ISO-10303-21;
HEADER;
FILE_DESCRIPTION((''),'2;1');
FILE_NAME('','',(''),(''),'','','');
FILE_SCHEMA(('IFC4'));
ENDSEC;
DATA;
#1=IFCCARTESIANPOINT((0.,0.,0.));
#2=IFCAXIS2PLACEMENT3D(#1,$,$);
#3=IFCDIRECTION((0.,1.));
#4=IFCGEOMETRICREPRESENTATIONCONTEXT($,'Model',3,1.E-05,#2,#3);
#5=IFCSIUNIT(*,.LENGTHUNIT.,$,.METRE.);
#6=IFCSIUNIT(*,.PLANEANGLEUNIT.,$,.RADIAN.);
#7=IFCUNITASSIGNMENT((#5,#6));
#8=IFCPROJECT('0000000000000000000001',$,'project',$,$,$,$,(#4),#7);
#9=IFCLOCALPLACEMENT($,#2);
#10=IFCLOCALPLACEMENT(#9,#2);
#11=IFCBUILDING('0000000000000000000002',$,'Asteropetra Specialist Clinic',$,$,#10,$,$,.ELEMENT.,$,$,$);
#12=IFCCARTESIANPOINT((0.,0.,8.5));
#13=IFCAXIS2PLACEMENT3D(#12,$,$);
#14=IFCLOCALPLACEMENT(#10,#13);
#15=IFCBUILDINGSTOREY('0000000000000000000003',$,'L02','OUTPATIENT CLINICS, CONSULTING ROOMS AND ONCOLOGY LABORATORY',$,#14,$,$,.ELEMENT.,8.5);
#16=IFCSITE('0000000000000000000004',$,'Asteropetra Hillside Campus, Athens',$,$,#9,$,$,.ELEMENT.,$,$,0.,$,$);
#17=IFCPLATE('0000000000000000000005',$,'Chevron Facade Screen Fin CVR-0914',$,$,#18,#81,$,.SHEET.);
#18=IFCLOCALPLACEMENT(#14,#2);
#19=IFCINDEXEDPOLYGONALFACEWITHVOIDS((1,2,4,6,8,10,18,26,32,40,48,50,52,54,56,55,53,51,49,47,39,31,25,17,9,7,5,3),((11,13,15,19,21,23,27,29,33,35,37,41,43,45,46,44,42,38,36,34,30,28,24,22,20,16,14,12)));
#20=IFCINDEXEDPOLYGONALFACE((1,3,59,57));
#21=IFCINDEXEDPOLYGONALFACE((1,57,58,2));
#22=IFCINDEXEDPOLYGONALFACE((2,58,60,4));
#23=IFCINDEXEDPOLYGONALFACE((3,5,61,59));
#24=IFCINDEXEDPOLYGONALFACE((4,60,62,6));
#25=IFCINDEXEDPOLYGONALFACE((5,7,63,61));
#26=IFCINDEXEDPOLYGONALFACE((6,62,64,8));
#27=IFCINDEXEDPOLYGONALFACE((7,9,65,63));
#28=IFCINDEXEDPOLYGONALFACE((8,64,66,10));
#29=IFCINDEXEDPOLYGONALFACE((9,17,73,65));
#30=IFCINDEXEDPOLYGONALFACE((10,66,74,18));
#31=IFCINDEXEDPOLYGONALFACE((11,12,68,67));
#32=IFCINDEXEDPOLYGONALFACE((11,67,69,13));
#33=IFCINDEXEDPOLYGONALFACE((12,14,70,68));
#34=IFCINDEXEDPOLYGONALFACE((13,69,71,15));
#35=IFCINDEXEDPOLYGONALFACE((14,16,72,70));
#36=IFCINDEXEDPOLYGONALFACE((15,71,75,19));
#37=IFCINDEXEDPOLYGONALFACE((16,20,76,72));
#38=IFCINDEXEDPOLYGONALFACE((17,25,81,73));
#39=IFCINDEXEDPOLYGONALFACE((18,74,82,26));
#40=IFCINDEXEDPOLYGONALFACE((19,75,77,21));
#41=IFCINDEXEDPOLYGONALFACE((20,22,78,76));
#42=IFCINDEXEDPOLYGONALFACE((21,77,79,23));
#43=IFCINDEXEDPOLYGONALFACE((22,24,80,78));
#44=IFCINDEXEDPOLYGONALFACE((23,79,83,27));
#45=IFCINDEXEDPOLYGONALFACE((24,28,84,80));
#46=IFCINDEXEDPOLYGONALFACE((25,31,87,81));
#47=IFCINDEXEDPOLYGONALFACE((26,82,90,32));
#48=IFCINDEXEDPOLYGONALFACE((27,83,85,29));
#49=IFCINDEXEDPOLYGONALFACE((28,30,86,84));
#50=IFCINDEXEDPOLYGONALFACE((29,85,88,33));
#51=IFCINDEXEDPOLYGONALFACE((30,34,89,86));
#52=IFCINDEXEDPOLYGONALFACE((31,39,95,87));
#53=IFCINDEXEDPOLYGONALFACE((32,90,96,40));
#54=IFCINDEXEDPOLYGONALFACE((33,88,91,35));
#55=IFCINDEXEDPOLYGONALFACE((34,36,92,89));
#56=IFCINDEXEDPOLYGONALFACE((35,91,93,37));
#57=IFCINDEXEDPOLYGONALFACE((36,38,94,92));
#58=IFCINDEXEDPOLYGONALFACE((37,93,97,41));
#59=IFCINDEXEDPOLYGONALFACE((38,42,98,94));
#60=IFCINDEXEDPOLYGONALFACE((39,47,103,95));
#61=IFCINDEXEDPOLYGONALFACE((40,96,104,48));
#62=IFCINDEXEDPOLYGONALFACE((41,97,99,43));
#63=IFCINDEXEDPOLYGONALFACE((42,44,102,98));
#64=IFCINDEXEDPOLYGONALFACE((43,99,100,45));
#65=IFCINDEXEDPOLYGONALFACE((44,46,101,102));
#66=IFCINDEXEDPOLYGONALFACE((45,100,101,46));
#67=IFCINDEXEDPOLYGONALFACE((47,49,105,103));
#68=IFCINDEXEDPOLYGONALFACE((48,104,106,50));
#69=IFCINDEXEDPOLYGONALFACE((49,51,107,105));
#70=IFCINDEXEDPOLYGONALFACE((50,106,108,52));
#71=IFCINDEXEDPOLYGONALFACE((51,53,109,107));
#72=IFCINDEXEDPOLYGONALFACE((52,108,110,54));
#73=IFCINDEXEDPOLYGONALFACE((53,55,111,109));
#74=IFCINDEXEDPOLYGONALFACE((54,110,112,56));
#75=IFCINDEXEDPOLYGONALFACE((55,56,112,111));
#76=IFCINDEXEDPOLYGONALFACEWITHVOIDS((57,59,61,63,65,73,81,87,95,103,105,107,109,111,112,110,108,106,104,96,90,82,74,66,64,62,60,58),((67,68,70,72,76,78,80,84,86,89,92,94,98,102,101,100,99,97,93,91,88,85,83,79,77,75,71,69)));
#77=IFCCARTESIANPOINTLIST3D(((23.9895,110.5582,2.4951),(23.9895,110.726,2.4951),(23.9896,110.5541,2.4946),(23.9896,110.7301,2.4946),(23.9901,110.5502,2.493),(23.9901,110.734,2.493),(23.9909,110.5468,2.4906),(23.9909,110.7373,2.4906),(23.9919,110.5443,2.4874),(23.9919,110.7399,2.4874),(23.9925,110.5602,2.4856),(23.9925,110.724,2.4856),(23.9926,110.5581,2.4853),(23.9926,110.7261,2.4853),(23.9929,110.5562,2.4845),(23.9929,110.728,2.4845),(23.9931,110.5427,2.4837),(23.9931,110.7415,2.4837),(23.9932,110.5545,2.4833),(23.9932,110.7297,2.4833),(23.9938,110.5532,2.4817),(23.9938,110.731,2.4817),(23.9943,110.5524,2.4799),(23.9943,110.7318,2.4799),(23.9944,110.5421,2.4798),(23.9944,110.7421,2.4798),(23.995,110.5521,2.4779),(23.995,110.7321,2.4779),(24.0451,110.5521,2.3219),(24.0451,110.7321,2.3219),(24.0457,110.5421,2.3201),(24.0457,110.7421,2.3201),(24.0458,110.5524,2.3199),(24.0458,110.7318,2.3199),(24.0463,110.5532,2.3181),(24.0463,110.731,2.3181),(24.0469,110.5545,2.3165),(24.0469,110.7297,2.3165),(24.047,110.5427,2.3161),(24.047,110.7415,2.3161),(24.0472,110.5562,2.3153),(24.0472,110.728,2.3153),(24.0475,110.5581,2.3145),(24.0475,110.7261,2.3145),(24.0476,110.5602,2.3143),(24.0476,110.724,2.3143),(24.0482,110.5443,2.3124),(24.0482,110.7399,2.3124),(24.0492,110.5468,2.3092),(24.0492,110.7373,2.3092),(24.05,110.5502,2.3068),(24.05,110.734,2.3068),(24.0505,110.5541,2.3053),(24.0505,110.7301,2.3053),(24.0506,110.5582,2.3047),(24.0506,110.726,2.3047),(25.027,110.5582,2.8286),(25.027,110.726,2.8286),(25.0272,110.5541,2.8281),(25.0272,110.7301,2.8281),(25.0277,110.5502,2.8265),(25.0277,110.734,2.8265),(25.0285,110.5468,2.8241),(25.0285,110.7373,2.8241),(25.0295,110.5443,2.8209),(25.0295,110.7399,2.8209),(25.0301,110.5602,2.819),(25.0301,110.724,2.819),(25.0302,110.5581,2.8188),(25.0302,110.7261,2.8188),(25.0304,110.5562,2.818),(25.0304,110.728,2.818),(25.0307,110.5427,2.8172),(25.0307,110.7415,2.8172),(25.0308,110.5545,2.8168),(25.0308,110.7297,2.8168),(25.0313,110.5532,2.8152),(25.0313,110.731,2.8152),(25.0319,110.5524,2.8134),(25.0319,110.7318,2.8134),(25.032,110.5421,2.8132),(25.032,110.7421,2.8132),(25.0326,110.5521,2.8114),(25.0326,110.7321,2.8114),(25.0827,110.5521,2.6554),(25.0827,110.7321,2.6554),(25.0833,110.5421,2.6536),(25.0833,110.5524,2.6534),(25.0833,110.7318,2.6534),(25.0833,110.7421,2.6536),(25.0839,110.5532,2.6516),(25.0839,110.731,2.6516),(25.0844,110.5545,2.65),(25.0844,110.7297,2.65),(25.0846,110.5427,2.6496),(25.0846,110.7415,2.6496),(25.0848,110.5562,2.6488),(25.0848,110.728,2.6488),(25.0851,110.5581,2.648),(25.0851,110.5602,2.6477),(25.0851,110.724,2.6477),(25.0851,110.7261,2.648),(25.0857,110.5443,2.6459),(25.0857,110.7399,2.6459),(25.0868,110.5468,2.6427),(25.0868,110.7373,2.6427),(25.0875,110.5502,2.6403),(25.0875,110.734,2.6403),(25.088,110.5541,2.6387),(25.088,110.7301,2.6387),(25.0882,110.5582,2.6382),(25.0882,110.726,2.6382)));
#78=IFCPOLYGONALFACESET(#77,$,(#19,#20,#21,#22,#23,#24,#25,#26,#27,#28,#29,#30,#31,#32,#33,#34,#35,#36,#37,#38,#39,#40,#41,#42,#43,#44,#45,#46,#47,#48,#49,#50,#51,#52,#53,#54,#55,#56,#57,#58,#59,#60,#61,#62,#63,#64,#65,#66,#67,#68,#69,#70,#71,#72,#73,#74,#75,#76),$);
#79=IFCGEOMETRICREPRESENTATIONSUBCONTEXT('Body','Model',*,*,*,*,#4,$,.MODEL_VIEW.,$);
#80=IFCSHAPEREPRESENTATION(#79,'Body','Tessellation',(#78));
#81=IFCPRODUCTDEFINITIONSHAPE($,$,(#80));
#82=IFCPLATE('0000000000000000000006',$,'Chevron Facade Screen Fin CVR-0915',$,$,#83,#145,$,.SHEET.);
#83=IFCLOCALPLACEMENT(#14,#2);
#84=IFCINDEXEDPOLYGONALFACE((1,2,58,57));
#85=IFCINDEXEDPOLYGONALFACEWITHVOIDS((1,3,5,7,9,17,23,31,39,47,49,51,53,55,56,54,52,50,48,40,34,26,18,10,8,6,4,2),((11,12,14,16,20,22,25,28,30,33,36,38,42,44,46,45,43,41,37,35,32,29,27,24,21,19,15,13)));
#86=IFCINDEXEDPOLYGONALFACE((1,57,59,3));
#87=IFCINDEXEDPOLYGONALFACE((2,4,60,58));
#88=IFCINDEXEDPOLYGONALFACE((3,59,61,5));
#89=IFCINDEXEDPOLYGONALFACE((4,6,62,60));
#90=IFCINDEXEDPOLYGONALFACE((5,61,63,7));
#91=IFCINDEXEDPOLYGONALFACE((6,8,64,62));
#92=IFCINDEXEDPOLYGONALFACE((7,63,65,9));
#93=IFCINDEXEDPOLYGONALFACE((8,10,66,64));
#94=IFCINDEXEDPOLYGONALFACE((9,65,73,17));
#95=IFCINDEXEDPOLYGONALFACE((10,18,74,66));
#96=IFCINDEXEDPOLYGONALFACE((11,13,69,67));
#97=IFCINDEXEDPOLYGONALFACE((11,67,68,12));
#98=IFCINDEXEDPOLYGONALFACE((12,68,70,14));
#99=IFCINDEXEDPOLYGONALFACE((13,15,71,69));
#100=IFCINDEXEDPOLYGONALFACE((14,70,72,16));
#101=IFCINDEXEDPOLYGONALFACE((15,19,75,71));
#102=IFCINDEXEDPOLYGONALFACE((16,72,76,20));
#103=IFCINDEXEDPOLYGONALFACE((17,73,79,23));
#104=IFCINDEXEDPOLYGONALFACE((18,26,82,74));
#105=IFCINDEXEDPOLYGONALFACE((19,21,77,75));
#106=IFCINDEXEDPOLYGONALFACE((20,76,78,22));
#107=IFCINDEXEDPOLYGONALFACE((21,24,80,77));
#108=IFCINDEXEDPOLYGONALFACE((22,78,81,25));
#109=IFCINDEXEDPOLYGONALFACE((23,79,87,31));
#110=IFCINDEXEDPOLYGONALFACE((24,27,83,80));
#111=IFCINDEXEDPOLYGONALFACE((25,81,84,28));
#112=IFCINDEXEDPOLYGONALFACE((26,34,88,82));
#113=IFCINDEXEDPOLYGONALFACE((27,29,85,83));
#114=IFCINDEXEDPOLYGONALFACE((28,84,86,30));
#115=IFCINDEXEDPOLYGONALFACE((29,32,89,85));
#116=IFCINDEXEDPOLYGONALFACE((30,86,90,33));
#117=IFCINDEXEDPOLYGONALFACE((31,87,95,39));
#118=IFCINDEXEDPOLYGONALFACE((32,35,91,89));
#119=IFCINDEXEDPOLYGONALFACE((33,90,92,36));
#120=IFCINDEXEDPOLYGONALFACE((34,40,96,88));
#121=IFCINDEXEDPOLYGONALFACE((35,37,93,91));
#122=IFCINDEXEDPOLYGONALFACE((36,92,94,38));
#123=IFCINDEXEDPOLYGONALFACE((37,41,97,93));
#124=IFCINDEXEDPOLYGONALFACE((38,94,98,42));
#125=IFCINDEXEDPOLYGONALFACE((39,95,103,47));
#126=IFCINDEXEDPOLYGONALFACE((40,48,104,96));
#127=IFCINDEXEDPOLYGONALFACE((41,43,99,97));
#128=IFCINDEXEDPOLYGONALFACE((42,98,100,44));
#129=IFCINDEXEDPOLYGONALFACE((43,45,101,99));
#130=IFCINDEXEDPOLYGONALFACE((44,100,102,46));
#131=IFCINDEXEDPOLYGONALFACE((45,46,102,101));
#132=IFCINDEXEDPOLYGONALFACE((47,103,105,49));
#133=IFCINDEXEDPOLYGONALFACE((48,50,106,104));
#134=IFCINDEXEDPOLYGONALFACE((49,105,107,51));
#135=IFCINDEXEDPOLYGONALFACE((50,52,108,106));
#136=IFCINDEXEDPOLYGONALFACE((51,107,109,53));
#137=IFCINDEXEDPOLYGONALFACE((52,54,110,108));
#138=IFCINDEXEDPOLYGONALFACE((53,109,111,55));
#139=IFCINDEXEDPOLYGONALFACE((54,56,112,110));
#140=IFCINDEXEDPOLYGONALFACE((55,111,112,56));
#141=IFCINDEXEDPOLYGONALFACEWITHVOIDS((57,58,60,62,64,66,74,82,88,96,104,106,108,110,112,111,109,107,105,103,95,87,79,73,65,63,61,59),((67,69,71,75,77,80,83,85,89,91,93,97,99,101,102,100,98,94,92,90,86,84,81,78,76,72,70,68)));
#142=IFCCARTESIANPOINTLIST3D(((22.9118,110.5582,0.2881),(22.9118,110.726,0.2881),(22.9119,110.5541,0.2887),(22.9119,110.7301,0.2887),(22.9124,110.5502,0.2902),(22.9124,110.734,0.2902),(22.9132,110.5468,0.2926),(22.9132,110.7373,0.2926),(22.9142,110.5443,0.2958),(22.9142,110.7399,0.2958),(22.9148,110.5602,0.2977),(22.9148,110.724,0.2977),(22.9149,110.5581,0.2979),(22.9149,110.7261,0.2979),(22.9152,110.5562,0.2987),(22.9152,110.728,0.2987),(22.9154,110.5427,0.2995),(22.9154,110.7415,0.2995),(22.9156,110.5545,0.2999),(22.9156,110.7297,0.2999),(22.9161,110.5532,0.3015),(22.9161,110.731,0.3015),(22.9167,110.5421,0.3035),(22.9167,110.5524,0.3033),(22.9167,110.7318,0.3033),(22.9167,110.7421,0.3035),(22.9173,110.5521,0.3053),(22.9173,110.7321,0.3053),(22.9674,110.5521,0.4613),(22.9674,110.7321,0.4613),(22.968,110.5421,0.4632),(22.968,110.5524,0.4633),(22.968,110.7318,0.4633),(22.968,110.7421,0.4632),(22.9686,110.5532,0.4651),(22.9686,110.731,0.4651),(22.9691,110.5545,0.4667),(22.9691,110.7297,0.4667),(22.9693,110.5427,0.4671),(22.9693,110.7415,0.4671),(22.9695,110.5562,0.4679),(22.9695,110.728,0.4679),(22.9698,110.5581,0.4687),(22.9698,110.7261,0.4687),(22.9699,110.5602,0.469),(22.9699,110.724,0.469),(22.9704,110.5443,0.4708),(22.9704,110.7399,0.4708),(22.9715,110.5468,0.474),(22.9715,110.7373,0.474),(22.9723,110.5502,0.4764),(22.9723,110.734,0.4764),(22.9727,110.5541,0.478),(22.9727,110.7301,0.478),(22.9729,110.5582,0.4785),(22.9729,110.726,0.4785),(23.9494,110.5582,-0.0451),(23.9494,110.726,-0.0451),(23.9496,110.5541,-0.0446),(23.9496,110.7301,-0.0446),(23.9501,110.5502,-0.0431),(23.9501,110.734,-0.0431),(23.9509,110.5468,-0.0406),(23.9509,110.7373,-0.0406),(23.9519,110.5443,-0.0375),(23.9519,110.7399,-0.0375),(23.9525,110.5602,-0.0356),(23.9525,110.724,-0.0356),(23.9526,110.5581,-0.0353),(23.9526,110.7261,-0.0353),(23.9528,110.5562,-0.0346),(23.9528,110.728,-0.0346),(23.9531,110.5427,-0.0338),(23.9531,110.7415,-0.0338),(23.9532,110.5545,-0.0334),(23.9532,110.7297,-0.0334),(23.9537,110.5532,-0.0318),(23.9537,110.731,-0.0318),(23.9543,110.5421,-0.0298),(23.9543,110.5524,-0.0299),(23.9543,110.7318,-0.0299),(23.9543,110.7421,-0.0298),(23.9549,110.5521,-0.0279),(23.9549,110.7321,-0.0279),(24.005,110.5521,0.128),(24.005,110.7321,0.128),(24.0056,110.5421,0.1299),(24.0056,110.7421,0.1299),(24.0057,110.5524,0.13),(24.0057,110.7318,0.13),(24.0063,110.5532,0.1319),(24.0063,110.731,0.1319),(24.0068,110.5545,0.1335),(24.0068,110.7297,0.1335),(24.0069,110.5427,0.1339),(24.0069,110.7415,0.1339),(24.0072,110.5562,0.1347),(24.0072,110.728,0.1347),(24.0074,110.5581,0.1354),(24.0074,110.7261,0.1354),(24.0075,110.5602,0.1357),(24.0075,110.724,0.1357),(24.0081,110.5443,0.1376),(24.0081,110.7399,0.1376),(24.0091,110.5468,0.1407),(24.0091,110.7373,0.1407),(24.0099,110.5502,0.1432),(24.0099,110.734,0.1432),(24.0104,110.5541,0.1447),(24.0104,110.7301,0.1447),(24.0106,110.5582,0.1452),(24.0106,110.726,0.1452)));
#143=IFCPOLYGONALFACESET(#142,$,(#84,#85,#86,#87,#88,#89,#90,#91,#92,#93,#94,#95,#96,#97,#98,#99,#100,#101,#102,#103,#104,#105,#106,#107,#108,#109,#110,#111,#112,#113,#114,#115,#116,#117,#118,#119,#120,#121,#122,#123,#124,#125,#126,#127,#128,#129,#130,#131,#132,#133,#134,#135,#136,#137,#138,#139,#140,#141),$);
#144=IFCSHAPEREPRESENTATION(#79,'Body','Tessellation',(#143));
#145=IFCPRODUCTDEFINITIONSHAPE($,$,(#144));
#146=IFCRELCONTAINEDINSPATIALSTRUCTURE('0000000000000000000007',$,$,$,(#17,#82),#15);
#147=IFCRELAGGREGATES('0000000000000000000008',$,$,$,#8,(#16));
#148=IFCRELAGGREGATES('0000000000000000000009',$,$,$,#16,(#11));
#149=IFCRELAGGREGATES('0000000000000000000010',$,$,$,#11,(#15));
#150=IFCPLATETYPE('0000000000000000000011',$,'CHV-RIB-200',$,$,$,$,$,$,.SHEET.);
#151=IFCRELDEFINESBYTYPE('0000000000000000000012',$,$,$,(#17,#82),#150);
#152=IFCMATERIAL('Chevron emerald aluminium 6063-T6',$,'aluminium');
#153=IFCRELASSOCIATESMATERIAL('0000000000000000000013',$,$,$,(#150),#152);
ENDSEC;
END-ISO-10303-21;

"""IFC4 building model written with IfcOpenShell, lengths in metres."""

from ifc_helpers import new_model, si_unit, direction, frame, origin, origin_2d, place, context, subcontext, project, spatial, hollow_rectangle, extrude, material, material_profile, profile_set, type_object, element, save


model = new_model("IFC4")

# Units and contexts
model_context = context("Model", 3, precision=1e-05, world=origin(), true_north=direction((0.0, 1.0)))
body_context = subcontext(model_context, "Body", "Model", "MODEL_VIEW")
ifc_project = project(units=[si_unit("LENGTHUNIT", "METRE"), si_unit("PLANEANGLEUNIT", "RADIAN")], contexts=[model_context])

# Site, building, storey
site_placement = place(None, origin())
site = spatial("IfcSite", under=ifc_project, at=site_placement, Name="Asteropetra Hillside Campus, Athens", CompositionType="ELEMENT", RefElevation=0.0)
building_placement = place(site_placement, origin())
building = spatial("IfcBuilding", under=site, at=building_placement, Name="Asteropetra Specialist Clinic", CompositionType="ELEMENT")
storey_placement = place(building_placement, frame((0.0, 0.0, 8.5)))
storey = spatial("IfcBuildingStorey", under=building, at=storey_placement, Name="L02", Description="OUTPATIENT CLINICS, CONSULTING ROOMS AND ONCOLOGY LABORATORY", CompositionType="ELEMENT", Elevation=8.5)

# Plates
ifc_material = material(Name="Chevron emerald aluminium 6063-T6", Category="aluminium")
ifc_material_profile = material_profile(ifc_material, hollow_rectangle(XDim=0.2, YDim=0.2, WallThickness=0.01, InnerFilletRadius=0.0081, OuterFilletRadius=0.0161, at=origin_2d()), Name="SHS 200x200x10.0")
ifc_profile_set = profile_set([ifc_material_profile], Name="Chevron emerald aluminium 6063-T6")
plate_type = type_object("IfcPlateType", Name="CHV-RIB-200", PredefinedType="SHEET", material=ifc_profile_set)
for number, where, z_axis, x_axis, name in (
    (1, (25.0576, 110.6421, 2.7334), (-0.952033, 0.0, -0.305995), (0.0, -1.0, 0.0), "Chevron Facade Screen Fin CVR-0914"),
    (2, (23.98, 110.6421, 0.05), (-0.952098, 0.0, 0.305792), (0.0, -1.0, 0.0), "Chevron Facade Screen Fin CVR-0915"),
):
    element("IfcPlate", number, at=place(storey_placement, frame(where, z_axis=z_axis, x_axis=x_axis)), inside=storey, type_object=plate_type, Name=name, PredefinedType="SHEET", context=body_context, shape_type="SweptSolid", body=[
        extrude(hollow_rectangle(XDim=0.2, YDim=0.2, WallThickness=0.01, InnerFilletRadius=0.0081, OuterFilletRadius=0.0161, at=origin_2d()), origin(), (0.0, 0.0, 1.0), 1.0898),
    ])

save(model, "model.ifc")
